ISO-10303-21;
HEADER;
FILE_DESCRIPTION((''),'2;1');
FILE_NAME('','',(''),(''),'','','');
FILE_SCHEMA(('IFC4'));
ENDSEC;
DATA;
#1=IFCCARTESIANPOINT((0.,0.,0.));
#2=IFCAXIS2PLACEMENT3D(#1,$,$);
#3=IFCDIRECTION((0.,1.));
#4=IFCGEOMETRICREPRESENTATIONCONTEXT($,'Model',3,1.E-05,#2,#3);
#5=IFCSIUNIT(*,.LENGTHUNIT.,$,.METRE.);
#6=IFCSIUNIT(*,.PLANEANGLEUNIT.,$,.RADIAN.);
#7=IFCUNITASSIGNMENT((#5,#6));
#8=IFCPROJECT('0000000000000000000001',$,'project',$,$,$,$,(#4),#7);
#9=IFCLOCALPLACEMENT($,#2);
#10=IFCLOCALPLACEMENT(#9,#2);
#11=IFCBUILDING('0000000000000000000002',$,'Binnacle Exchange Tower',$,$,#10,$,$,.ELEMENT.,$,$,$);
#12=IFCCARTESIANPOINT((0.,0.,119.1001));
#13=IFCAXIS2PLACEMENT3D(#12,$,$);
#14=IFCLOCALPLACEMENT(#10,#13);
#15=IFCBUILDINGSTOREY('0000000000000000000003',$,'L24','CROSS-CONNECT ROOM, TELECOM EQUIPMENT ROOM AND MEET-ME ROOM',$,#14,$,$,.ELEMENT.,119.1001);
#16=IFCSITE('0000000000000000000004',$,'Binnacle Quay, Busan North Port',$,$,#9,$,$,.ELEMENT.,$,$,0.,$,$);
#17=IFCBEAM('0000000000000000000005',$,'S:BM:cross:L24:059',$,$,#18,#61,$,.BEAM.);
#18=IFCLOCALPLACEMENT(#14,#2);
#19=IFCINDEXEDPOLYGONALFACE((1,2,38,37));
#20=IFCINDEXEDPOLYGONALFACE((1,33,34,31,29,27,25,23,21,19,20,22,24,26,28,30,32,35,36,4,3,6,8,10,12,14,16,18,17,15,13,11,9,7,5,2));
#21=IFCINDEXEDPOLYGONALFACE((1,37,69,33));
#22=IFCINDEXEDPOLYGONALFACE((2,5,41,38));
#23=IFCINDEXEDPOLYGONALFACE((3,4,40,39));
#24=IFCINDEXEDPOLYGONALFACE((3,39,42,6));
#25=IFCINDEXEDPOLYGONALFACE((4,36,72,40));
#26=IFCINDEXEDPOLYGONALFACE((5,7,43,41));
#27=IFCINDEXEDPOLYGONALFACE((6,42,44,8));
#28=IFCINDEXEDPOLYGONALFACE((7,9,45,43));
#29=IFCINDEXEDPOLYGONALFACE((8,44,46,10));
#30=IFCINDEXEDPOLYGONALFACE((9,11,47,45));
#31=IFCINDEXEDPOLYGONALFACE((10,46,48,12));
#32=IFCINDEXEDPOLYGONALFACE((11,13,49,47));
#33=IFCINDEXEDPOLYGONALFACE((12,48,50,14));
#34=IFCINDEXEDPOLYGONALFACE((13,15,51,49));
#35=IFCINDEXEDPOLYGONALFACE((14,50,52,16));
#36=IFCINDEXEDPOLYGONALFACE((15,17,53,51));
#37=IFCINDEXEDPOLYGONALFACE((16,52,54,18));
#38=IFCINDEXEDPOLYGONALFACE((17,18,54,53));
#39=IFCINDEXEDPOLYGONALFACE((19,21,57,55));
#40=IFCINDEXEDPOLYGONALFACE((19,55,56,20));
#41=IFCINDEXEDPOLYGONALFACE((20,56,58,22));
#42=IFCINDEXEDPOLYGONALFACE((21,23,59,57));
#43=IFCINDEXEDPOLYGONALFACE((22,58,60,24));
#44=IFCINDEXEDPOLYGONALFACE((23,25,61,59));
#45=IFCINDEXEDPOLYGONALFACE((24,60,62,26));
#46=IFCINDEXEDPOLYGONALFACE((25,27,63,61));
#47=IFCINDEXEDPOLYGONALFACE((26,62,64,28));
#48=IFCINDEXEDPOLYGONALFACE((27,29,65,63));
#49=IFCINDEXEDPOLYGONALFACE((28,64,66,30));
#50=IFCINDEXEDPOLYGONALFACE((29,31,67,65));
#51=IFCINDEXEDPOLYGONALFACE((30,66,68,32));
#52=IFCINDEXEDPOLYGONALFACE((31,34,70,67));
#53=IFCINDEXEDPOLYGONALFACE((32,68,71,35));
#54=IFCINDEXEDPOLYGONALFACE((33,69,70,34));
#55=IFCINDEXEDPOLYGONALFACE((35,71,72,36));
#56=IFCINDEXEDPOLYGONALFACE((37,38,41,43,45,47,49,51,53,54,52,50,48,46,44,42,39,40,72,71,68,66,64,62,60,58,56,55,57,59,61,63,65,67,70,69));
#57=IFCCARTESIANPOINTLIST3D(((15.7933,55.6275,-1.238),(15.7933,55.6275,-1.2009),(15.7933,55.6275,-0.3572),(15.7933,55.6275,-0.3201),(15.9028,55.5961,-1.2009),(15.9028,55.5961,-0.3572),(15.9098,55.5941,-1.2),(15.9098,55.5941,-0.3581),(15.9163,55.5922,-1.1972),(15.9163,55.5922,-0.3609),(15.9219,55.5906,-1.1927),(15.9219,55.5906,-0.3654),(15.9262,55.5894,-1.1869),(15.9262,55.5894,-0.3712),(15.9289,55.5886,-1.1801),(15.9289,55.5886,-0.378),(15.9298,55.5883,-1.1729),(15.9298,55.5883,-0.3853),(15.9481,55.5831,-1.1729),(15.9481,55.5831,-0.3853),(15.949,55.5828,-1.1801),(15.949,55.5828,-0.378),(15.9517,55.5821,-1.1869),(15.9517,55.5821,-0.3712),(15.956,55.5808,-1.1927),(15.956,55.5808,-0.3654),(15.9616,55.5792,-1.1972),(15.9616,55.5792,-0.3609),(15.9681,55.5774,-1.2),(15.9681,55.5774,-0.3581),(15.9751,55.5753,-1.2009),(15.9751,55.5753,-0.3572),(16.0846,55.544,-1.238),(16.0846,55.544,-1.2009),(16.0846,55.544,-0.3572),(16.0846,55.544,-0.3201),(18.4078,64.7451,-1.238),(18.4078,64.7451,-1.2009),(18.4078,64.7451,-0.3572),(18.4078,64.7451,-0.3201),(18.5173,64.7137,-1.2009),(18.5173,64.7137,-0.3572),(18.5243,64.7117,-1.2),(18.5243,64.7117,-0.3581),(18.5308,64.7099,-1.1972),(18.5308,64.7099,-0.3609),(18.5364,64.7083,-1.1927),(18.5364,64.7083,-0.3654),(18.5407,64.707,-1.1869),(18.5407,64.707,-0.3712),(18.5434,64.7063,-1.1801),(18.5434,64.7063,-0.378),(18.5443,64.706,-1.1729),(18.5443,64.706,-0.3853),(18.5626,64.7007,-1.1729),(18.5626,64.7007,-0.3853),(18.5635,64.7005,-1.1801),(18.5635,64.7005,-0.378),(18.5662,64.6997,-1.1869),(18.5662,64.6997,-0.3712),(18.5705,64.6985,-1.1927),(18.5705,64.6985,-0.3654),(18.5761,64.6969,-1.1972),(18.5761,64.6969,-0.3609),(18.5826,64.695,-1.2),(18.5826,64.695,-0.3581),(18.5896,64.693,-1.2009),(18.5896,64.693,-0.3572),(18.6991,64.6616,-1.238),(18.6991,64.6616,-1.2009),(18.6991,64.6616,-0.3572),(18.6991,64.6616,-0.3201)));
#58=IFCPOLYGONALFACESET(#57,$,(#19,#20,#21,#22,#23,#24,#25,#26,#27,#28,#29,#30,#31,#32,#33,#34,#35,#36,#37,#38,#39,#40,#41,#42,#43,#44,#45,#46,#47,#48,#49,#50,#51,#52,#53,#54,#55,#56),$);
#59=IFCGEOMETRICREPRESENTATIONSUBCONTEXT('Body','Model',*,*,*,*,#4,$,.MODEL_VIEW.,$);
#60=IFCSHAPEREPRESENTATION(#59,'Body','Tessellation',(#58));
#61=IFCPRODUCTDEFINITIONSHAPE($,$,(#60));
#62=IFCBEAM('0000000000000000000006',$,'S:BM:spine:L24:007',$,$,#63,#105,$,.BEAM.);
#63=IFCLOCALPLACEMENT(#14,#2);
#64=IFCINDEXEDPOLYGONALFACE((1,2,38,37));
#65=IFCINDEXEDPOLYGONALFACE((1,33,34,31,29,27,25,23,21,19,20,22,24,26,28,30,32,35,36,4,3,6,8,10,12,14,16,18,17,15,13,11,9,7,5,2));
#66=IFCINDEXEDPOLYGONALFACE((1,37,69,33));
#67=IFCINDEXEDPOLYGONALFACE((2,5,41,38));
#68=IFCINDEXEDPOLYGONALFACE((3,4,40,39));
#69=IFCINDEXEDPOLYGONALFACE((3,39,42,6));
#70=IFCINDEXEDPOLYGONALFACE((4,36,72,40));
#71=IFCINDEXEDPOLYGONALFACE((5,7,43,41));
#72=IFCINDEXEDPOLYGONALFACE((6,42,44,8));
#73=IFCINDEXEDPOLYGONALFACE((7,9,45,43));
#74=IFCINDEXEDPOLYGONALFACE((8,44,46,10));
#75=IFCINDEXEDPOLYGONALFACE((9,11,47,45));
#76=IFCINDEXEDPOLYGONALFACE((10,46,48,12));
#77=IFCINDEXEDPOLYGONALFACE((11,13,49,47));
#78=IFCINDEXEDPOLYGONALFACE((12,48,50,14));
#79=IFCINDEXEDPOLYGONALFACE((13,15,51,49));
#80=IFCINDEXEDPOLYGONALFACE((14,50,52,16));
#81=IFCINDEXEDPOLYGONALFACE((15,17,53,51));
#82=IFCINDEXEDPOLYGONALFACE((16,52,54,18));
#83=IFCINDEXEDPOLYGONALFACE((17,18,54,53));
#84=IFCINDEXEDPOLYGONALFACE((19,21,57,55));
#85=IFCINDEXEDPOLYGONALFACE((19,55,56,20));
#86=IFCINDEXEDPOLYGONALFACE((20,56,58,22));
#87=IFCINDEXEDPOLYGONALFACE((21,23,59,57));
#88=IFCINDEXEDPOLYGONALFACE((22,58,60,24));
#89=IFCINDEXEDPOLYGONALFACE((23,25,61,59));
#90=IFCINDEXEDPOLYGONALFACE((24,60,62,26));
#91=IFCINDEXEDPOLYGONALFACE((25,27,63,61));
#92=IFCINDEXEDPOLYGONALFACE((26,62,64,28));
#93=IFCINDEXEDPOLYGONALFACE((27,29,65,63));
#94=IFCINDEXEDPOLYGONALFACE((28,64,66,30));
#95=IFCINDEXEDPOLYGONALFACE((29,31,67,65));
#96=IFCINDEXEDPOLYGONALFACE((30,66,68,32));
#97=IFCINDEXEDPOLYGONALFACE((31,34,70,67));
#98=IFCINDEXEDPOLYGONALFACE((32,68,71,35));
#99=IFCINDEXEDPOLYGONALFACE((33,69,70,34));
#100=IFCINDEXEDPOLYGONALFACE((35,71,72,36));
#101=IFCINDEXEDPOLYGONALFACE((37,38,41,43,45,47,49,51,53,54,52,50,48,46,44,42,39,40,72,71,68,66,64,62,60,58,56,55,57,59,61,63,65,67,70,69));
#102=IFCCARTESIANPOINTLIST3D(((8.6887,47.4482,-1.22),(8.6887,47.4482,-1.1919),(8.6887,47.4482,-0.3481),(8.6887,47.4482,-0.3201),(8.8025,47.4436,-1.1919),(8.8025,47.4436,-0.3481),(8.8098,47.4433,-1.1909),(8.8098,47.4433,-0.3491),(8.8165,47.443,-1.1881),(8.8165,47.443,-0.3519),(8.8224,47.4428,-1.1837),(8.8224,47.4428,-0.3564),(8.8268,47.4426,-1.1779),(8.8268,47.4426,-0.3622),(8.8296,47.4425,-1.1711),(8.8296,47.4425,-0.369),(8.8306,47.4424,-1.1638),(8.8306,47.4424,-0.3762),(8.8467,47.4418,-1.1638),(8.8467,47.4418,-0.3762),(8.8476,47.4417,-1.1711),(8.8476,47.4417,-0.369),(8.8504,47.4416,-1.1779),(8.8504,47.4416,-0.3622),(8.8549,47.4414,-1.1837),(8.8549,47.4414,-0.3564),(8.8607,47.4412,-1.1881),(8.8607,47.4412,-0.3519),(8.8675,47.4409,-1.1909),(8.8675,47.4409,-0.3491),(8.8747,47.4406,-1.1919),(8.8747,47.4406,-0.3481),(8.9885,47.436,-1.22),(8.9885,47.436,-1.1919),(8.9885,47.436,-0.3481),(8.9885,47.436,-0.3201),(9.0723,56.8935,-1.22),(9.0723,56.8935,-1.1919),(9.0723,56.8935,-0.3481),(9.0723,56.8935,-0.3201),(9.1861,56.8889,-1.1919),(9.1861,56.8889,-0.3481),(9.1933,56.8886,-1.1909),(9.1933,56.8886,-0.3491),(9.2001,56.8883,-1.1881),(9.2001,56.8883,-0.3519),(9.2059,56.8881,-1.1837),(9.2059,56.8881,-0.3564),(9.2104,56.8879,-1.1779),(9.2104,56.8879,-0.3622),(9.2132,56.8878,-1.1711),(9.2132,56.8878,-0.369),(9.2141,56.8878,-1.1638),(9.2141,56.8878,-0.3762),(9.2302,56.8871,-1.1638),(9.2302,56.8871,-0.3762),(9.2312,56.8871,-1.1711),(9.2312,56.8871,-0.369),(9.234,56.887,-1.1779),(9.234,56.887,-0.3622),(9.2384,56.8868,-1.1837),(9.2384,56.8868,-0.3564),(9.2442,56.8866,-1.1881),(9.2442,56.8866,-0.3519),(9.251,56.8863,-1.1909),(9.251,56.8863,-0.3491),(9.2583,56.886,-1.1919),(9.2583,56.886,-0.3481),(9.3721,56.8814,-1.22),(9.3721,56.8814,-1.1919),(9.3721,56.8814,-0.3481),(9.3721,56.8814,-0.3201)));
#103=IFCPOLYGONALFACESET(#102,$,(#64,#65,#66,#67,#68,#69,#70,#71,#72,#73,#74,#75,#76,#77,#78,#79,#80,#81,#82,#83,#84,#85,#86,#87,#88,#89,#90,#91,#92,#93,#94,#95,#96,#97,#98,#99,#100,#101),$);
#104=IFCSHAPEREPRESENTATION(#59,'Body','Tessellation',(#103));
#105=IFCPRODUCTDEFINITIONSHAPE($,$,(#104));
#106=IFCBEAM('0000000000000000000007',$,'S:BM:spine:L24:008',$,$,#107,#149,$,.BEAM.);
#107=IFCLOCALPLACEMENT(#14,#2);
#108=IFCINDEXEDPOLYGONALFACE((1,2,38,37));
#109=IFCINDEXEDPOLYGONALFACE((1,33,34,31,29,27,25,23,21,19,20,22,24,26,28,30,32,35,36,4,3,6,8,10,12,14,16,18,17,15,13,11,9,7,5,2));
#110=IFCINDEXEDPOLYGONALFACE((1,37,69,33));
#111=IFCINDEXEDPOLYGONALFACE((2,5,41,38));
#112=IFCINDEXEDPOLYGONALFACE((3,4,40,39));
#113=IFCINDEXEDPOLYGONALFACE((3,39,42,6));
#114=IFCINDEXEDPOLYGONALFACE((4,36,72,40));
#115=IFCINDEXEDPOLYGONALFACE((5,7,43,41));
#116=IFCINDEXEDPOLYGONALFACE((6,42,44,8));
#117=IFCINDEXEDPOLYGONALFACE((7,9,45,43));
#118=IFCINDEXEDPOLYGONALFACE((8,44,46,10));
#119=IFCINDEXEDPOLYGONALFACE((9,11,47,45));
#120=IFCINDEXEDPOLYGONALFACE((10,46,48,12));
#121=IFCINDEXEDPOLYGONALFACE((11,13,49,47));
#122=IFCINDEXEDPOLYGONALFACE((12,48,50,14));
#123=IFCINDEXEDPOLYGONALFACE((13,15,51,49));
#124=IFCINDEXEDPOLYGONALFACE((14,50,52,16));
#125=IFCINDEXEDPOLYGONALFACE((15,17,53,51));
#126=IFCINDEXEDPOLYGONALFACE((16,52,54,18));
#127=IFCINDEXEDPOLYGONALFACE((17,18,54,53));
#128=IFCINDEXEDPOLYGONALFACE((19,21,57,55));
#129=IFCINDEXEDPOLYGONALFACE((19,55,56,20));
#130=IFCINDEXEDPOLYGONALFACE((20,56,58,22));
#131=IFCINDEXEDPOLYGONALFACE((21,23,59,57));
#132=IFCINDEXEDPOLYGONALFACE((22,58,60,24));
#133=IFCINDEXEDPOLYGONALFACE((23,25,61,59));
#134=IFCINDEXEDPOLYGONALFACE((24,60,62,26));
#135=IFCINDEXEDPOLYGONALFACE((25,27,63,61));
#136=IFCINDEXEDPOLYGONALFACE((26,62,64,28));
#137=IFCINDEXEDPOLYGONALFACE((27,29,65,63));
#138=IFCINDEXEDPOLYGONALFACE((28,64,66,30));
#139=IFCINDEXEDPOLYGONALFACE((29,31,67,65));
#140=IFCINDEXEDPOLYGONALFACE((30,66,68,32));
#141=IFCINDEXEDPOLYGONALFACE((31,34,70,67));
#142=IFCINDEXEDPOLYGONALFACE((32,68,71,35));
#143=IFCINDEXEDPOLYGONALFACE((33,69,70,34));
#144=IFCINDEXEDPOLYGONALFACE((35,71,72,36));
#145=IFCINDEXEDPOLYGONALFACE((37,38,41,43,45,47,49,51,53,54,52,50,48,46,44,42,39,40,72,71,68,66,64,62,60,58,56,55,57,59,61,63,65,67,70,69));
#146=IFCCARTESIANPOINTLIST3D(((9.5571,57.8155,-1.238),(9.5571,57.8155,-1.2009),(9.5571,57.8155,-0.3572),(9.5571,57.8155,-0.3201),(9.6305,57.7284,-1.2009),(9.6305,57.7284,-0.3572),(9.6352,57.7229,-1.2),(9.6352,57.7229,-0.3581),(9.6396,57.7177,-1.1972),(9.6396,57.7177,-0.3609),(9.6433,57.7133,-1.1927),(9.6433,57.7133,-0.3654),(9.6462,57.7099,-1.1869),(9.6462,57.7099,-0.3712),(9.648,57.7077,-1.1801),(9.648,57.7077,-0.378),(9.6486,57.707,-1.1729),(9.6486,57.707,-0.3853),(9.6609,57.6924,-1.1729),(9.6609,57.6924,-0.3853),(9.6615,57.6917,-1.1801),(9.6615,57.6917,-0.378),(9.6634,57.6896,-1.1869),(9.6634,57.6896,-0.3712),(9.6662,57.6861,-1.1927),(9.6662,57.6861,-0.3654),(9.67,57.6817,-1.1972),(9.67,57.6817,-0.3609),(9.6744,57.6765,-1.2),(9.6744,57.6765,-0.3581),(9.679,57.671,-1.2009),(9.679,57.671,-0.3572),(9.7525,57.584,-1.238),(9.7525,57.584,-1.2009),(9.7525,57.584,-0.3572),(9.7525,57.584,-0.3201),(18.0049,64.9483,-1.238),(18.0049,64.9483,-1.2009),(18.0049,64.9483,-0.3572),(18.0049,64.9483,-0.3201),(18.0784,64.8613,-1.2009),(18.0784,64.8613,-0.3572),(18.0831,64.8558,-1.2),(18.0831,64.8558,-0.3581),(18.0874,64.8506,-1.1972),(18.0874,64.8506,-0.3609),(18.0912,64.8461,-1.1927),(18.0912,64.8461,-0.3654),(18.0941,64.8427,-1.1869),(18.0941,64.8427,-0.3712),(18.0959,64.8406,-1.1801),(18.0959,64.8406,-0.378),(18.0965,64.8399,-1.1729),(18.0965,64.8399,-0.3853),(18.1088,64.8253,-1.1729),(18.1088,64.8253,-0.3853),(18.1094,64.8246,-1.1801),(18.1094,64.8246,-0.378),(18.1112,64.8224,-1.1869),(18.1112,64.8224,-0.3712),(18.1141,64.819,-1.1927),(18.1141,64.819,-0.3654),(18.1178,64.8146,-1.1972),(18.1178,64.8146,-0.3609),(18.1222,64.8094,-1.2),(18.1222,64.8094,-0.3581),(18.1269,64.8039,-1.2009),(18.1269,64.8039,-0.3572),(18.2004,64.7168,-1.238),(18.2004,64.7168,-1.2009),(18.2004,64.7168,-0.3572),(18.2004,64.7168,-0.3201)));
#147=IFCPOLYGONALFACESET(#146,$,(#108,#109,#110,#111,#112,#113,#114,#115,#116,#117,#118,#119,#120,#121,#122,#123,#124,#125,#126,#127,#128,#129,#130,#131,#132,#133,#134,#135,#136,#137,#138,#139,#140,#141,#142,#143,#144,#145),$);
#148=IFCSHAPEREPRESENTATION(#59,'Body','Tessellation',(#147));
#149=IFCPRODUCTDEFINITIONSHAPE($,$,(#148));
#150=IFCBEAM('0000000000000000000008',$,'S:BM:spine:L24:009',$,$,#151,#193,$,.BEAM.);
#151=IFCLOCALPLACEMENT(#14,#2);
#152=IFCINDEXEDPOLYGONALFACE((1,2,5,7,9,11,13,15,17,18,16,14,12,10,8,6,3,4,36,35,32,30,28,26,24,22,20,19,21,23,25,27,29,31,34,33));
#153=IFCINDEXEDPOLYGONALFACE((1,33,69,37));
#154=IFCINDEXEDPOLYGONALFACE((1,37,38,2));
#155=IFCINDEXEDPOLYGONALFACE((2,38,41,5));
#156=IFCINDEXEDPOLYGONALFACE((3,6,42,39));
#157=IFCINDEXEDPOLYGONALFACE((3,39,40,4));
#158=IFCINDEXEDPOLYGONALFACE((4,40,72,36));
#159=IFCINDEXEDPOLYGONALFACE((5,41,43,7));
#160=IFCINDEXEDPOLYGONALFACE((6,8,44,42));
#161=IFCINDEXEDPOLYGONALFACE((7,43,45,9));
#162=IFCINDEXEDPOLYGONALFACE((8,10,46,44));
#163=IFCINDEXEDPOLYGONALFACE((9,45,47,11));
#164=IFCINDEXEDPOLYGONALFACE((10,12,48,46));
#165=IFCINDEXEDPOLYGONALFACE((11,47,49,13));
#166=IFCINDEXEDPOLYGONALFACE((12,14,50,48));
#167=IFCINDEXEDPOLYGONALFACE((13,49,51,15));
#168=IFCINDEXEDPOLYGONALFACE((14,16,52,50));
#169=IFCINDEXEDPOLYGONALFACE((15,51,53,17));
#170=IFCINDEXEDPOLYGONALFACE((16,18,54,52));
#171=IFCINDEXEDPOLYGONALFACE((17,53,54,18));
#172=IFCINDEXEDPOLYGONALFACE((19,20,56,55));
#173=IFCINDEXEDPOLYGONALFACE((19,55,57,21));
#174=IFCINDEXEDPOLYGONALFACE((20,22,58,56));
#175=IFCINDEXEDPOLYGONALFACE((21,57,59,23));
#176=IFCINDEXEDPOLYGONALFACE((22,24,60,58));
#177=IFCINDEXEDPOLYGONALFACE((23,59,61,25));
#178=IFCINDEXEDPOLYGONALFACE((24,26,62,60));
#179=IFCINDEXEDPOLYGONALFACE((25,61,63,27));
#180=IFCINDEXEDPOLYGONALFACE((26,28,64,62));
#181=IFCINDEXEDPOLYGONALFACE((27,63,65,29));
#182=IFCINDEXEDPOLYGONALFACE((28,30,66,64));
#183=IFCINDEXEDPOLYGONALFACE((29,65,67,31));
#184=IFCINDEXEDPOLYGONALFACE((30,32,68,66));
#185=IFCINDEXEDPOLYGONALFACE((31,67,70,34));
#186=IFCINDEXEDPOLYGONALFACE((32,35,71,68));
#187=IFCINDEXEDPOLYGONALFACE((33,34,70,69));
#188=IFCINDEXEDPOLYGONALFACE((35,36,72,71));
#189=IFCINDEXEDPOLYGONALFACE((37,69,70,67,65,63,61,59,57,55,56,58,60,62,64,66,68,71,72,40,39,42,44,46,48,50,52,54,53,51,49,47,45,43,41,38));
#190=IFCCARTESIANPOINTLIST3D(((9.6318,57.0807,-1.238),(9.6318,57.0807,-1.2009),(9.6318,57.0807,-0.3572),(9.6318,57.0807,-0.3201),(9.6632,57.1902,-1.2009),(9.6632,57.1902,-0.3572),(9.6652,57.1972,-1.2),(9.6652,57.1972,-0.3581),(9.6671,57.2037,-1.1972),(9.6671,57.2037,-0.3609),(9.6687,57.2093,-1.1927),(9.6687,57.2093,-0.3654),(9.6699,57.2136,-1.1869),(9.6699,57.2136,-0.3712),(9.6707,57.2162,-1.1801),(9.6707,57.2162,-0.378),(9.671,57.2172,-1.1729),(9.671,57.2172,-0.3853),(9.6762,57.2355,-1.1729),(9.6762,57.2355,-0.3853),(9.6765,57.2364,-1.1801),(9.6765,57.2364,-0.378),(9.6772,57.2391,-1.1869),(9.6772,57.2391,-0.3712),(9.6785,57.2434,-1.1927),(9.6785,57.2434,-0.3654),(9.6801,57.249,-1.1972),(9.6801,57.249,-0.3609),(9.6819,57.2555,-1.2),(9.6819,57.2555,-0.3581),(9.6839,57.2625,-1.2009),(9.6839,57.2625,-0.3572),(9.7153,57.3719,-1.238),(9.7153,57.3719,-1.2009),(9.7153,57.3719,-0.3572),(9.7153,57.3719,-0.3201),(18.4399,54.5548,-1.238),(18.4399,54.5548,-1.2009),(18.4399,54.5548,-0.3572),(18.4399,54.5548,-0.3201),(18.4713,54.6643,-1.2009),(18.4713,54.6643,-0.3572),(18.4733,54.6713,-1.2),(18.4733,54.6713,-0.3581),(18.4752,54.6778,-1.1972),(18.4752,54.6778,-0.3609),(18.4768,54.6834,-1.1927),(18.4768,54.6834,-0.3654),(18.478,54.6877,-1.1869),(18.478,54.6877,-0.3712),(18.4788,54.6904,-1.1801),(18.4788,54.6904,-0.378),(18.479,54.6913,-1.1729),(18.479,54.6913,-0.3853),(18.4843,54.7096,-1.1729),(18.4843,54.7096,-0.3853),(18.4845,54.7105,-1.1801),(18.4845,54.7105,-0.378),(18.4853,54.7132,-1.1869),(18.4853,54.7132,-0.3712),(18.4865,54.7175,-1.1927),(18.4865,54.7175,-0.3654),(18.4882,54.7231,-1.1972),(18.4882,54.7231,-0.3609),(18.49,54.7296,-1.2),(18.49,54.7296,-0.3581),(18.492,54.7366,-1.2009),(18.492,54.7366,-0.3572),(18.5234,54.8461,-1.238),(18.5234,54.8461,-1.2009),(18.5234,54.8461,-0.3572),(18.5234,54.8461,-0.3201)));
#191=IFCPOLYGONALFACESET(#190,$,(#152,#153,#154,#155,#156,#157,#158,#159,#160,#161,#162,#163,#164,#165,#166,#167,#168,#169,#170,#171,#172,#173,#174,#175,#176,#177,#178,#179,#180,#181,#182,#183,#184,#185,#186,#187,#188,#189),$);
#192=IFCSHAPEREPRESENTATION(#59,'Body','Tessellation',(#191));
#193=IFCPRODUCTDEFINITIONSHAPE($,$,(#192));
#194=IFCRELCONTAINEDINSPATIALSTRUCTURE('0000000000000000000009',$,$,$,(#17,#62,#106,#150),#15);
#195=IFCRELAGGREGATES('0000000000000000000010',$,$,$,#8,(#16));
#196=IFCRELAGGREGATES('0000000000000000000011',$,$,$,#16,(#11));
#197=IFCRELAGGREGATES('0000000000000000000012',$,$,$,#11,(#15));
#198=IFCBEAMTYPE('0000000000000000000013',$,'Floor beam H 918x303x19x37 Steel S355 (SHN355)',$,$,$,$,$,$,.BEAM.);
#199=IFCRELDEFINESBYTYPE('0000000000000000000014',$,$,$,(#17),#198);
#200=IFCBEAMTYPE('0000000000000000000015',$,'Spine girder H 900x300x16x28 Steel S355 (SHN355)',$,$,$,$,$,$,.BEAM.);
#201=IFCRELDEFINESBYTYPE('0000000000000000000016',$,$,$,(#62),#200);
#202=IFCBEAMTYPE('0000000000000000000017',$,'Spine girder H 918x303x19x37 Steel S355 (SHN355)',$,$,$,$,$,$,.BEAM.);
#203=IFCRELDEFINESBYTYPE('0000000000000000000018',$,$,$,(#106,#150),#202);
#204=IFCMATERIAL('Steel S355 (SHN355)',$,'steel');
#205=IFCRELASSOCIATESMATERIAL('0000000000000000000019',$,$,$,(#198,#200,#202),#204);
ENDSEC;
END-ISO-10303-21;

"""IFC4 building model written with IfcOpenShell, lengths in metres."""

from ifc_helpers import new_model, si_unit, direction, frame, origin, origin_2d, place, context, subcontext, project, spatial, i_section, extrude, material, material_profile, profile_set, type_object, element, save


model = new_model("IFC4")

# Units and contexts
model_context = context("Model", 3, precision=1e-05, world=origin(), true_north=direction((0.0, 1.0)))
body_context = subcontext(model_context, "Body", "Model", "MODEL_VIEW")
ifc_project = project(units=[si_unit("LENGTHUNIT", "METRE"), si_unit("PLANEANGLEUNIT", "RADIAN")], contexts=[model_context])

# Site, building, storey
site_placement = place(None, origin())
site = spatial("IfcSite", under=ifc_project, at=site_placement, Name="Binnacle Quay, Busan North Port", CompositionType="ELEMENT", RefElevation=0.0)
building_placement = place(site_placement, origin())
building = spatial("IfcBuilding", under=site, at=building_placement, Name="Binnacle Exchange Tower", CompositionType="ELEMENT")
storey_placement = place(building_placement, frame((0.0, 0.0, 119.1001)))
storey = spatial("IfcBuildingStorey", under=building, at=storey_placement, Name="L24", Description="CROSS-CONNECT ROOM, TELECOM EQUIPMENT ROOM AND MEET-ME ROOM", CompositionType="ELEMENT", Elevation=119.1001)

# Beams
ifc_material_1 = material(Name="Steel S355 (SHN355)", Category="steel")
ifc_material_profile_1 = material_profile(ifc_material_1, i_section(OverallWidth=0.303, OverallDepth=0.918, WebThickness=0.019, FlangeThickness=0.0371, FilletRadius=0.0281, at=origin_2d()), Name="H 918x303x19x37")
ifc_profile_set_1 = profile_set([ifc_material_profile_1], Name="Steel S355 (SHN355)")
beam_type_1 = type_object("IfcBeamType", Name="Floor beam H 918x303x19x37 Steel S355 (SHN355)", PredefinedType="BEAM", material=ifc_profile_set_1)
beam_1_placement = place(storey_placement, frame((18.5535, 64.7034, -0.7791), z_axis=(-0.275642, -0.96126, 0.0), x_axis=(0.96126, -0.275642, 0.0)))
element("IfcBeam", 1, at=beam_1_placement, inside=storey, type_object=beam_type_1, Name="S:BM:cross:L24:059", PredefinedType="BEAM", context=body_context, shape_type="SweptSolid", body=[
    extrude(i_section(OverallWidth=0.303, OverallDepth=0.918, WebThickness=0.019, FlangeThickness=0.0371, FilletRadius=0.0281, at=origin_2d()), origin(), (0.0, 0.0, 1.0), 9.4851),
])
ifc_material_profile_2 = material_profile(ifc_material_1, i_section(OverallWidth=0.3, OverallDepth=0.8999, WebThickness=0.0161, FlangeThickness=0.0281, FilletRadius=0.0281, at=origin_2d()), Name="H 900x300x16x28")
ifc_profile_set_2 = profile_set([ifc_material_profile_2], Name="Steel S355 (SHN355)")
beam_type_2 = type_object("IfcBeamType", Name="Spine girder H 900x300x16x28 Steel S355 (SHN355)", PredefinedType="BEAM", material=ifc_profile_set_2)
beam_2_placement = place(storey_placement, frame((9.2222, 56.8875, -0.77), z_axis=(-0.040573, -0.999177, 0.0), x_axis=(0.999177, -0.040573, 0.0)))
element("IfcBeam", 2, at=beam_2_placement, inside=storey, type_object=beam_type_2, Name="S:BM:spine:L24:007", PredefinedType="BEAM", context=body_context, shape_type="SweptSolid", body=[
    extrude(i_section(OverallWidth=0.3, OverallDepth=0.8999, WebThickness=0.0161, FlangeThickness=0.0281, FilletRadius=0.0281, at=origin_2d()), origin(), (0.0, 0.0, 1.0), 9.4531),
])
ifc_material_profile_3 = material_profile(ifc_material_1, i_section(OverallWidth=0.303, OverallDepth=0.918, WebThickness=0.019, FlangeThickness=0.0371, FilletRadius=0.0281, at=origin_2d()), Name="H 918x303x19x37")
ifc_profile_set_3 = profile_set([ifc_material_profile_3], Name="Steel S355 (SHN355)")
beam_type_3 = type_object("IfcBeamType", Name="Spine girder H 918x303x19x37 Steel S355 (SHN355)", PredefinedType="BEAM", material=ifc_profile_set_3)
beam_3_placement = place(storey_placement, frame((9.6548, 57.6997, -0.7791), z_axis=(0.764068, 0.645136, 0.0), x_axis=(-0.645136, 0.764068, 0.0)))
element("IfcBeam", 3, at=beam_3_placement, inside=storey, type_object=beam_type_3, Name="S:BM:spine:L24:008", PredefinedType="BEAM", context=body_context, shape_type="SweptSolid", body=[
    extrude(i_section(OverallWidth=0.303, OverallDepth=0.918, WebThickness=0.019, FlangeThickness=0.0371, FilletRadius=0.0281, at=origin_2d()), origin(), (0.0, 0.0, 1.0), 11.0564),
])
beam_4_placement = place(storey_placement, frame((9.6736, 57.2263, -0.7791), z_axis=(0.961256, -0.275657, 0.0), x_axis=(0.275657, 0.961256, 0.0)))
element("IfcBeam", 4, at=beam_4_placement, inside=storey, type_object=beam_type_3, Name="S:BM:spine:L24:009", PredefinedType="BEAM", context=body_context, shape_type="SweptSolid", body=[
    extrude(i_section(OverallWidth=0.303, OverallDepth=0.918, WebThickness=0.019, FlangeThickness=0.0371, FilletRadius=0.0281, at=origin_2d()), origin(), (0.0, 0.0, 1.0), 9.1631),
])

save(model, "model.ifc")
